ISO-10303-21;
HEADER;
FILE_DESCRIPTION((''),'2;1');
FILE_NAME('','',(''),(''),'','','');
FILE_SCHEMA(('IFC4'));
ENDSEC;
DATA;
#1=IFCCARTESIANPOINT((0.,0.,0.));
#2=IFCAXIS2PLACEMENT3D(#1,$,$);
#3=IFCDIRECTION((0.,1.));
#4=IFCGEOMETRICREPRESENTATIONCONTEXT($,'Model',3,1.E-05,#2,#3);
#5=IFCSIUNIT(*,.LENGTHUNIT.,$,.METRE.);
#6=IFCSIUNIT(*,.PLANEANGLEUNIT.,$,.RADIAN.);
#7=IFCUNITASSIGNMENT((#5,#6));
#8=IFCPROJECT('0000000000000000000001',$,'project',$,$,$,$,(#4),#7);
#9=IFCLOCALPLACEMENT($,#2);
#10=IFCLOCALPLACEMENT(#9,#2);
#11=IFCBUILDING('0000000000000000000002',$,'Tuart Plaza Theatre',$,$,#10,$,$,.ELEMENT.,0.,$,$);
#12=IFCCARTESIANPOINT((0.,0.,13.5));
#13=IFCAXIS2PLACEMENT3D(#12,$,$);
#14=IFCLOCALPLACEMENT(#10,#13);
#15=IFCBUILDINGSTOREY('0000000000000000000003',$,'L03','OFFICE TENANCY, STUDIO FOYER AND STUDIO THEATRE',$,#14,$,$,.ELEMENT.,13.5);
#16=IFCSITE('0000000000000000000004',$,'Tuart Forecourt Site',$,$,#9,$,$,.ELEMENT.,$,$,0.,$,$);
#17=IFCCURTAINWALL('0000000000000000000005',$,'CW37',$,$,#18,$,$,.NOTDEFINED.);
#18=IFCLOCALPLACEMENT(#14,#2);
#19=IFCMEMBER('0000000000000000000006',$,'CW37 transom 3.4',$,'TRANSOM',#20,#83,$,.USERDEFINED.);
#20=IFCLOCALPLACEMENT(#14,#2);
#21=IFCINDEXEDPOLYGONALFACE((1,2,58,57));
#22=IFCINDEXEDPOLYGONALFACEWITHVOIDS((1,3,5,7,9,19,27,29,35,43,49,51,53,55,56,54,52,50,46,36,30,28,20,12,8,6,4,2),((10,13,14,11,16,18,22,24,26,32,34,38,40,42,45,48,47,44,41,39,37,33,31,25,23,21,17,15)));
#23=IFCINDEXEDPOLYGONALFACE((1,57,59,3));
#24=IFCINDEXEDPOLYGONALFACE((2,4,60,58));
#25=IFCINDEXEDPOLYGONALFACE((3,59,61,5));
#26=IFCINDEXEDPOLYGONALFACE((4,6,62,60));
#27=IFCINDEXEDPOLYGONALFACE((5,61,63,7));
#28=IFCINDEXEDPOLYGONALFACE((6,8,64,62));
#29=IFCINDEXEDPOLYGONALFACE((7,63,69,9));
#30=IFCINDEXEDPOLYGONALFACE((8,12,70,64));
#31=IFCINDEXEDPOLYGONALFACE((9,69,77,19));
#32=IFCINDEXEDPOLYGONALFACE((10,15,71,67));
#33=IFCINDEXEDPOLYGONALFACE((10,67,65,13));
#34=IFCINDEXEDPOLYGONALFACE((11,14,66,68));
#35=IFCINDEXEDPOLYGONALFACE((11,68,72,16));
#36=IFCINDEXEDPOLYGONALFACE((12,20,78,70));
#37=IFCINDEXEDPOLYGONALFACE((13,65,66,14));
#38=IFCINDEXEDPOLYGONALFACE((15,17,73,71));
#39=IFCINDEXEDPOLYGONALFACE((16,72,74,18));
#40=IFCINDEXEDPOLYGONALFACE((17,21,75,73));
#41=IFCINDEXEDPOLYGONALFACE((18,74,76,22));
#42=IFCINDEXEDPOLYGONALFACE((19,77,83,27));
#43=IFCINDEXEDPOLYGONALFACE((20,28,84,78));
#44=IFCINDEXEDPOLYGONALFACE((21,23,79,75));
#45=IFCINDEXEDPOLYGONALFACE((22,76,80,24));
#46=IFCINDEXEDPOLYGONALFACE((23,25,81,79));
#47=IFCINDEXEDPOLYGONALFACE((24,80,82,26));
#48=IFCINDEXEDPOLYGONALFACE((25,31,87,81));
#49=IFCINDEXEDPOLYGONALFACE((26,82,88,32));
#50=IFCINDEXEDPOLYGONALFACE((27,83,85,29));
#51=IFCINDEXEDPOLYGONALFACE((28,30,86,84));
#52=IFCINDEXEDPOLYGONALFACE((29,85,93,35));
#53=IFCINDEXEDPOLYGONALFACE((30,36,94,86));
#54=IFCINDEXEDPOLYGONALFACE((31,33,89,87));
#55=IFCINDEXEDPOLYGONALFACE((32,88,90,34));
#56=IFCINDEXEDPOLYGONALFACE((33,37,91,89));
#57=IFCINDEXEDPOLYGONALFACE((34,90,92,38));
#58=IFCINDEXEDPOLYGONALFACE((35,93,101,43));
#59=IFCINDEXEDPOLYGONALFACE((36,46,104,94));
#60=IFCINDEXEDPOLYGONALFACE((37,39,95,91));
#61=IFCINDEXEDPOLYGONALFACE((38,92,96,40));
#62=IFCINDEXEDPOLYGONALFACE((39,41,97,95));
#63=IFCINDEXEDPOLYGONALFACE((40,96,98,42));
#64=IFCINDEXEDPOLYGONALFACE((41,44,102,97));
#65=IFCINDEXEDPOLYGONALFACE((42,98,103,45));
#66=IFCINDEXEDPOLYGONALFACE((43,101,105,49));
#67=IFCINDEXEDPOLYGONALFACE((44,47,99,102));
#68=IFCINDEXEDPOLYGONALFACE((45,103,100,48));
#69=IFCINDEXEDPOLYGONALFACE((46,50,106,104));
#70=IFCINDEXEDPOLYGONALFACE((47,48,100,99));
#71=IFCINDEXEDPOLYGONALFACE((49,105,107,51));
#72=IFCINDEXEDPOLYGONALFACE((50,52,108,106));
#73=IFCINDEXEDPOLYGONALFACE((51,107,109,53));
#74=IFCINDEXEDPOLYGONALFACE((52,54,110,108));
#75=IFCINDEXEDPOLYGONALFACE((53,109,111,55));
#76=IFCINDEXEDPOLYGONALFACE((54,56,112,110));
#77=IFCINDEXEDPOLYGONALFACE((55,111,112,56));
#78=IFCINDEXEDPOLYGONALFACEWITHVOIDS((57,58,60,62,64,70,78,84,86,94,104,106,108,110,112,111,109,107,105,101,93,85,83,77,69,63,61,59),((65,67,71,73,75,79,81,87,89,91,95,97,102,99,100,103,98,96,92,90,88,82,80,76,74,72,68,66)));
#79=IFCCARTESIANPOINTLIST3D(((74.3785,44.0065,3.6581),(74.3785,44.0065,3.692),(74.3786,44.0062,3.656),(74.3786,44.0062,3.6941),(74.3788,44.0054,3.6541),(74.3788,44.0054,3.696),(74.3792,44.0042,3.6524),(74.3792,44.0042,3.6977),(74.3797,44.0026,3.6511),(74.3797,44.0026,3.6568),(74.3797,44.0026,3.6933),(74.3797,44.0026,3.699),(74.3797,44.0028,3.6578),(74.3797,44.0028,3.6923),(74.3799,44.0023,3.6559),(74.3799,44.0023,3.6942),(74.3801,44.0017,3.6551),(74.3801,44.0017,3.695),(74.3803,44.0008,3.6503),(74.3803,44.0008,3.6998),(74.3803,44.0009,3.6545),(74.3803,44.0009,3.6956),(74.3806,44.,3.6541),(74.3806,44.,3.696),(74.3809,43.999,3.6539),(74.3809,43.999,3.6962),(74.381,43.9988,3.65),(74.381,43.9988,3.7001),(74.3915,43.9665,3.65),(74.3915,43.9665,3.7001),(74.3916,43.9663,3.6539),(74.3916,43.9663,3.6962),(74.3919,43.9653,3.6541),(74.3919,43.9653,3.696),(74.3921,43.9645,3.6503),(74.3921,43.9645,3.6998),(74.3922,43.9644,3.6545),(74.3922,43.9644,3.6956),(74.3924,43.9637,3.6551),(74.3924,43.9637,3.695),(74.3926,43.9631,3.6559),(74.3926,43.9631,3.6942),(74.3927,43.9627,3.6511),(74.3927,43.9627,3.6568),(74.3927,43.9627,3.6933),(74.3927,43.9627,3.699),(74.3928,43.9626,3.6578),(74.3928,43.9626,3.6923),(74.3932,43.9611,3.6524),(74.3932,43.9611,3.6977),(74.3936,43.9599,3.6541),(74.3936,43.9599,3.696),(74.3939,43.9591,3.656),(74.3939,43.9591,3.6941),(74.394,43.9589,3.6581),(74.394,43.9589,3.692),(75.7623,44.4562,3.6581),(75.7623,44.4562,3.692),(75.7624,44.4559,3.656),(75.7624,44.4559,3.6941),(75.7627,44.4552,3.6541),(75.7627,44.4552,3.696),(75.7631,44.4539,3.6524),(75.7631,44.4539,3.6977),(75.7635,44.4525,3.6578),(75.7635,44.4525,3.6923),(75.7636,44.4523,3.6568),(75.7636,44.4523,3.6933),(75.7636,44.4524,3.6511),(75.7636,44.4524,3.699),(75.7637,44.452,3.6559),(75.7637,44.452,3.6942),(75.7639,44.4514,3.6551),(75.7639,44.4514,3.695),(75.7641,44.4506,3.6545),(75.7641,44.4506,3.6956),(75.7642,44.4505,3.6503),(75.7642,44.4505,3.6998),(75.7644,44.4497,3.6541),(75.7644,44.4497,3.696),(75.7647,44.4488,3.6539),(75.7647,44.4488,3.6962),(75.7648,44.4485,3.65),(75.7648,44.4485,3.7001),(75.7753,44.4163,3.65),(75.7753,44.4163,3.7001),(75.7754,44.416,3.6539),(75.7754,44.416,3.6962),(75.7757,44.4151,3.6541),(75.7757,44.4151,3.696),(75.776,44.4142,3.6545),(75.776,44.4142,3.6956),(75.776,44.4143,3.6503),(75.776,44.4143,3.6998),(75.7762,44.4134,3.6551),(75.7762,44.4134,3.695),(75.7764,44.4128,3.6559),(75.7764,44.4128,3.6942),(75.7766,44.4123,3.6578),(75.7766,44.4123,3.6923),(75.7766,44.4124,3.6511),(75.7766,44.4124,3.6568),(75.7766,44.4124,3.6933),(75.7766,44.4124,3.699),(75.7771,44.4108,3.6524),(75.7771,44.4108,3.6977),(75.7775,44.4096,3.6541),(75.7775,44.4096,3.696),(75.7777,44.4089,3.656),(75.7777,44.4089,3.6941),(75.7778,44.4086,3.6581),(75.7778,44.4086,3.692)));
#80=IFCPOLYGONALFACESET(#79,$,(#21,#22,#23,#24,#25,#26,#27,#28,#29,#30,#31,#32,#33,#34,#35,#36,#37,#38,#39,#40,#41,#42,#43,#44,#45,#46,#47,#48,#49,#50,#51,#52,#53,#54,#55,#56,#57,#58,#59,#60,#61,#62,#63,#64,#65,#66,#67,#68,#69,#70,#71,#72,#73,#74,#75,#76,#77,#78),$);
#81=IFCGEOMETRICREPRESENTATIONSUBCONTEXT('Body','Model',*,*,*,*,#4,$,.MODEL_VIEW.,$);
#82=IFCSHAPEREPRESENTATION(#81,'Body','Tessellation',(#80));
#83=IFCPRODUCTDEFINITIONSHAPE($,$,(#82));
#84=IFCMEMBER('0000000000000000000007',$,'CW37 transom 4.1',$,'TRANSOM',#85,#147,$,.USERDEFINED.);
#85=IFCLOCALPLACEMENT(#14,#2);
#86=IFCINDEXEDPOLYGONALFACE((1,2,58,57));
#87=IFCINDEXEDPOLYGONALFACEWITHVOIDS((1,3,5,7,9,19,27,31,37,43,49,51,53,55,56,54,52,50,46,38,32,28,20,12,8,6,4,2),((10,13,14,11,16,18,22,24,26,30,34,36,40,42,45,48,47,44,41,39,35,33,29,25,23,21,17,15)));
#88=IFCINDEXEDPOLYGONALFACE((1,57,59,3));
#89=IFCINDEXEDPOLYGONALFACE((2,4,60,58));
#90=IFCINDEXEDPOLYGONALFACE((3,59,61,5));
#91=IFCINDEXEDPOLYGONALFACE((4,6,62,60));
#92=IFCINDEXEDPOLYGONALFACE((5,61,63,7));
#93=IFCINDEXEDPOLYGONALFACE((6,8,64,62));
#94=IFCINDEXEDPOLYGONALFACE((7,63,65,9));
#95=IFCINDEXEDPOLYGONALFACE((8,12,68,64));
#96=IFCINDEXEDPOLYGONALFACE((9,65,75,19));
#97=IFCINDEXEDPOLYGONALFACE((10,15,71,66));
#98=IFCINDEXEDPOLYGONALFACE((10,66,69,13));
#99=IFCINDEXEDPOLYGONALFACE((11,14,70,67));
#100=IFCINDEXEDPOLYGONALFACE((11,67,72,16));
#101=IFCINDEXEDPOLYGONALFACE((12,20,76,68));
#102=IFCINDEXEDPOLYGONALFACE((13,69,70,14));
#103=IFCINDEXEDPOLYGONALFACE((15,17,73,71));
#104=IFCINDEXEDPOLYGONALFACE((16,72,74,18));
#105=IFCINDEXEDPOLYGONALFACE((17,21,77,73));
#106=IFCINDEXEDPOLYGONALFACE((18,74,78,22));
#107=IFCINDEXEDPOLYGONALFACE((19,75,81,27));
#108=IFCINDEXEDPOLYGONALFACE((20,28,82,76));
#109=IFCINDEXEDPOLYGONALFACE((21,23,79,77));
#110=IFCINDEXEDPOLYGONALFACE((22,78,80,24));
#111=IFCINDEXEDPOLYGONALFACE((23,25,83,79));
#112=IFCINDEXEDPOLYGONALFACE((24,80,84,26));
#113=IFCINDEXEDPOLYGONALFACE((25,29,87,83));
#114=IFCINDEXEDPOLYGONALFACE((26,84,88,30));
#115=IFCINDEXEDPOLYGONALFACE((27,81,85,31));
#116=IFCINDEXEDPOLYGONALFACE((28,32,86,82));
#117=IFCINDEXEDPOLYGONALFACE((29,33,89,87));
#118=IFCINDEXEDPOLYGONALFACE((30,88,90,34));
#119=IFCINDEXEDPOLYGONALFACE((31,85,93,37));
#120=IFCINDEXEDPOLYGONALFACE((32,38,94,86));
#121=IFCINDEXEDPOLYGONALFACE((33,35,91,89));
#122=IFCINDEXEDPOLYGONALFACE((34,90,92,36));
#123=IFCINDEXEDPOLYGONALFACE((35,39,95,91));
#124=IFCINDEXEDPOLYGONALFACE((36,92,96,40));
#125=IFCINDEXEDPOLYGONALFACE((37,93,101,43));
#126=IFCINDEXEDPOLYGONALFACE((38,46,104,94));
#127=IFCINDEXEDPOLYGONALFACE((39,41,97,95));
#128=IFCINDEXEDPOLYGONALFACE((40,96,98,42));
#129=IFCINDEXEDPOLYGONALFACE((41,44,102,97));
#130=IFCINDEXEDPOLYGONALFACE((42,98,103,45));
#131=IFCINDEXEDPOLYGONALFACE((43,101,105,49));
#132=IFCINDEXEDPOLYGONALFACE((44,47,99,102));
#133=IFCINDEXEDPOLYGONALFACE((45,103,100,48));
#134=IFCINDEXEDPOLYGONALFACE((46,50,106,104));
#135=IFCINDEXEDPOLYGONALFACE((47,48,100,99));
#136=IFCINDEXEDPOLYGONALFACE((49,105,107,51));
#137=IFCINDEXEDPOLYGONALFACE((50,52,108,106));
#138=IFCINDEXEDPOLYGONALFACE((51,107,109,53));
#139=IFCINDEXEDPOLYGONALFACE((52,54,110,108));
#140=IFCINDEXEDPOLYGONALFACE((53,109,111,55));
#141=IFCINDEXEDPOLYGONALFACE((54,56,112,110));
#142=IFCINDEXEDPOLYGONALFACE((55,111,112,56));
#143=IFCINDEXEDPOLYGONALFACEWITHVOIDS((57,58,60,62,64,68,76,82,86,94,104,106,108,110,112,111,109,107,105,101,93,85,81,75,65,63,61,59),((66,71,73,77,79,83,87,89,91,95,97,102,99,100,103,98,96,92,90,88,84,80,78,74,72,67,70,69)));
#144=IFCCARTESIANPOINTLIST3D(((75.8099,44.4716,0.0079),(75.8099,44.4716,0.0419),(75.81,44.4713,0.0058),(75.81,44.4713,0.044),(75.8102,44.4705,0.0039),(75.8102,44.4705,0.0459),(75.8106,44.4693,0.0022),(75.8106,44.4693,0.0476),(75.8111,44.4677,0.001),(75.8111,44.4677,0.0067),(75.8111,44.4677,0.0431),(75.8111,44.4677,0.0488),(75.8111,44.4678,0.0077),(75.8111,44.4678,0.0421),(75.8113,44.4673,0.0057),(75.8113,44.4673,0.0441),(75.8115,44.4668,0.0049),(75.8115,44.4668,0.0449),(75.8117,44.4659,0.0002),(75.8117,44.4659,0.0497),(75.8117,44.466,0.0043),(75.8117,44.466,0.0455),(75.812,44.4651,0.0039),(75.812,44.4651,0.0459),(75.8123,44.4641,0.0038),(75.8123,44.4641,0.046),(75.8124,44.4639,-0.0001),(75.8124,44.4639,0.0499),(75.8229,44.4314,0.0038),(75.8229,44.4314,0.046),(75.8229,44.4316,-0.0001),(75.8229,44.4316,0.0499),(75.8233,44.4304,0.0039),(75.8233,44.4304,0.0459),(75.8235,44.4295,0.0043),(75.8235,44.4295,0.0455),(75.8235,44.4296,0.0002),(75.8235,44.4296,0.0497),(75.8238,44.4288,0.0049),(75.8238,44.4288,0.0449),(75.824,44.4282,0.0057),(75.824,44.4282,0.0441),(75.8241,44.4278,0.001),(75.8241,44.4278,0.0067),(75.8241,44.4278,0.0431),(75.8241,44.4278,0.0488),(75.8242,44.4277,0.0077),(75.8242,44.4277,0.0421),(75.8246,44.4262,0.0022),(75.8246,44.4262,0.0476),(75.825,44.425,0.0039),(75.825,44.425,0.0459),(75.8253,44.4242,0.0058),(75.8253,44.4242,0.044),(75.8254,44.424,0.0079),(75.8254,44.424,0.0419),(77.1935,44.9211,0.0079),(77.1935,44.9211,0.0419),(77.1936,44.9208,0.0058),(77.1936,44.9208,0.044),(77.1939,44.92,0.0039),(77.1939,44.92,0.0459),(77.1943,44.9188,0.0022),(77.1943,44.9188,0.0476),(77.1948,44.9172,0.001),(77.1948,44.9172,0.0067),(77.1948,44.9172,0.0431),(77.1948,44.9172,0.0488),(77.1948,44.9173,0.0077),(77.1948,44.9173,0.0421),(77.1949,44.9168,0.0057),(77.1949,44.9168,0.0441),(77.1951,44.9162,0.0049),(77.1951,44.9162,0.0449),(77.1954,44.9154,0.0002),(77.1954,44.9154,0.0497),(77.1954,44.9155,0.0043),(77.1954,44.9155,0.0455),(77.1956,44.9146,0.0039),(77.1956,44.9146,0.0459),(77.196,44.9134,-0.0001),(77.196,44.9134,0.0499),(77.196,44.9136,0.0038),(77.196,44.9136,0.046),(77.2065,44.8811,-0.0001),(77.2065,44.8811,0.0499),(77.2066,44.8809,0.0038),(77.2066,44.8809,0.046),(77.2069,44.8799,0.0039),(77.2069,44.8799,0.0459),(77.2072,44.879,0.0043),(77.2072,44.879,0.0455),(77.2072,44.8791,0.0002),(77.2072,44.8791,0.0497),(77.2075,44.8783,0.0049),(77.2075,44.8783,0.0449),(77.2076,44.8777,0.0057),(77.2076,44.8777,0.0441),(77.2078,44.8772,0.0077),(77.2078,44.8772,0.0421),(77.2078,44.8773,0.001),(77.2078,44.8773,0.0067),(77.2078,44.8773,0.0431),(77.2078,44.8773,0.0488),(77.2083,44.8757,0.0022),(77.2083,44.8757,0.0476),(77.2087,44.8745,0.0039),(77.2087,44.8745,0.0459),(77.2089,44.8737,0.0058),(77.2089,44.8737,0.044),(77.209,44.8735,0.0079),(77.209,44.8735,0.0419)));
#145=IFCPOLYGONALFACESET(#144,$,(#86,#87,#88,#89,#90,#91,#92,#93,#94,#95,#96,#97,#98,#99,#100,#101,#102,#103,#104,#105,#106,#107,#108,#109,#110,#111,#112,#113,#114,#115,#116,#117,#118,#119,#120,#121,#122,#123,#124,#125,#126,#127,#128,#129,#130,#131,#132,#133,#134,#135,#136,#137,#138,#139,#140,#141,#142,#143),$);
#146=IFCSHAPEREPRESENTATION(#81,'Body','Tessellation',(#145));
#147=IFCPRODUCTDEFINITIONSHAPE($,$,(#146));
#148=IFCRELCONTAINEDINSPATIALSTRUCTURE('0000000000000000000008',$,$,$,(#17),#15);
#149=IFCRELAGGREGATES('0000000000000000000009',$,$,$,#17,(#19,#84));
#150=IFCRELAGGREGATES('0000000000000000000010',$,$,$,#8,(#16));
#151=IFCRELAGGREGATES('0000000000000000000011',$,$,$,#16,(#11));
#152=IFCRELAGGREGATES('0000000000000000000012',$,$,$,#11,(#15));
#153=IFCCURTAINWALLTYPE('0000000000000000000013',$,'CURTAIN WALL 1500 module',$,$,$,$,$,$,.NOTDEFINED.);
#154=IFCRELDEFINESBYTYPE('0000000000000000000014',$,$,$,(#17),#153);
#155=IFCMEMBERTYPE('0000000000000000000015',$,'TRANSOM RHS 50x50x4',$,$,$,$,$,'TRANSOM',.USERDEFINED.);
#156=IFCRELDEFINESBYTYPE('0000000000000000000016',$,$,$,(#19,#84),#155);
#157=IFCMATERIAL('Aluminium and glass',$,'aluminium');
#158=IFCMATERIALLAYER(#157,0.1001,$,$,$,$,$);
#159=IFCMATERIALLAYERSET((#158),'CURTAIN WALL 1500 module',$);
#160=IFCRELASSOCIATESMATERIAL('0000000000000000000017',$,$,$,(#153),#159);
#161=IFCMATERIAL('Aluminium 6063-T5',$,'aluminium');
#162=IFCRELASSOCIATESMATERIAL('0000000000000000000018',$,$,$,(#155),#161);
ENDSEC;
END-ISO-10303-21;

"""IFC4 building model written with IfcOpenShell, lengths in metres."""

from ifc_helpers import new_model, si_unit, direction, frame, origin, origin_2d, place, context, subcontext, project, spatial, hollow_rectangle, extrude, material, layer, layer_set, material_profile, profile_set, type_object, element, aggregate, save


model = new_model("IFC4")

# Units and contexts
model_context = context("Model", 3, precision=1e-05, world=origin(), true_north=direction((0.0, 1.0)))
body_context = subcontext(model_context, "Body", "Model", "MODEL_VIEW")
ifc_project = project(units=[si_unit("LENGTHUNIT", "METRE"), si_unit("PLANEANGLEUNIT", "RADIAN")], contexts=[model_context])

# Site, building, storey
site_placement = place(None, origin())
site = spatial("IfcSite", under=ifc_project, at=site_placement, Name="Tuart Forecourt Site", CompositionType="ELEMENT", RefElevation=0.0)
building_placement = place(site_placement, origin())
building = spatial("IfcBuilding", under=site, at=building_placement, Name="Tuart Plaza Theatre", CompositionType="ELEMENT", ElevationOfRefHeight=0.0)
storey_placement = place(building_placement, frame((0.0, 0.0, 13.5)))
storey = spatial("IfcBuildingStorey", under=building, at=storey_placement, Name="L03", Description="OFFICE TENANCY, STUDIO FOYER AND STUDIO THEATRE", CompositionType="ELEMENT", Elevation=13.5)

# Curtain wall, members
ifc_material_1 = material(Name="Aluminium and glass", Category="aluminium")
ifc_layer_1 = layer(ifc_material_1, 0.1001)
ifc_layer_set_1 = layer_set([ifc_layer_1], Name="CURTAIN WALL 1500 module")
curtain_wall_type = type_object("IfcCurtainWallType", Name="CURTAIN WALL 1500 module", PredefinedType="NOTDEFINED", material=ifc_layer_set_1)
curtain_wall_placement = place(storey_placement, origin())
curtain_wall = element("IfcCurtainWall", 1, at=curtain_wall_placement, inside=storey, type_object=curtain_wall_type, Name="CW37", PredefinedType="NOTDEFINED")
ifc_material_2 = material(Name="Aluminium 6063-T5", Category="aluminium")
ifc_material_profile_1 = material_profile(ifc_material_2, hollow_rectangle(XDim=0.05, YDim=0.05, WallThickness=0.0039, InnerFilletRadius=0.0039, OuterFilletRadius=0.0081, at=origin_2d()), Name="RHS 50x50x4")
ifc_profile_set_1 = profile_set([ifc_material_profile_1], Name="Aluminium 6063-T5")
member_type_1 = type_object("IfcMemberType", Name="TRANSOM RHS 50x50x4", ElementType="TRANSOM", PredefinedType="USERDEFINED", material=ifc_profile_set_1)
member_1_placement = place(storey_placement, frame((74.3862, 43.9827, 3.675), z_axis=(0.951039, 0.309071, 0.0), x_axis=(-0.309071, 0.951039, 0.0)))
member_1 = element("IfcMember", 2, at=member_1_placement, type_object=member_type_1, Name="CW37 transom 3.4", ObjectType="TRANSOM", PredefinedType="USERDEFINED", context=body_context, shape_type="SweptSolid", body=[
    extrude(hollow_rectangle(XDim=0.05, YDim=0.05, WallThickness=0.0039, InnerFilletRadius=0.0039, OuterFilletRadius=0.0081, at=origin_2d()), origin(), (0.0, 0.0, 1.0), 1.4551),
])
member_2_placement = place(storey_placement, frame((75.8176, 44.4478, 0.0249), z_axis=(0.951072, 0.308968, 0.0), x_axis=(-0.308968, 0.951072, 0.0)))
member_2 = element("IfcMember", 3, at=member_2_placement, type_object=member_type_1, Name="CW37 transom 4.1", ObjectType="TRANSOM", PredefinedType="USERDEFINED", context=body_context, shape_type="SweptSolid", body=[
    extrude(hollow_rectangle(XDim=0.05, YDim=0.05, WallThickness=0.0039, InnerFilletRadius=0.0039, OuterFilletRadius=0.0081, at=origin_2d()), origin(), (0.0, 0.0, 1.0), 1.4548),
])
aggregate(curtain_wall, [member_1, member_2])

save(model, "model.ifc")
